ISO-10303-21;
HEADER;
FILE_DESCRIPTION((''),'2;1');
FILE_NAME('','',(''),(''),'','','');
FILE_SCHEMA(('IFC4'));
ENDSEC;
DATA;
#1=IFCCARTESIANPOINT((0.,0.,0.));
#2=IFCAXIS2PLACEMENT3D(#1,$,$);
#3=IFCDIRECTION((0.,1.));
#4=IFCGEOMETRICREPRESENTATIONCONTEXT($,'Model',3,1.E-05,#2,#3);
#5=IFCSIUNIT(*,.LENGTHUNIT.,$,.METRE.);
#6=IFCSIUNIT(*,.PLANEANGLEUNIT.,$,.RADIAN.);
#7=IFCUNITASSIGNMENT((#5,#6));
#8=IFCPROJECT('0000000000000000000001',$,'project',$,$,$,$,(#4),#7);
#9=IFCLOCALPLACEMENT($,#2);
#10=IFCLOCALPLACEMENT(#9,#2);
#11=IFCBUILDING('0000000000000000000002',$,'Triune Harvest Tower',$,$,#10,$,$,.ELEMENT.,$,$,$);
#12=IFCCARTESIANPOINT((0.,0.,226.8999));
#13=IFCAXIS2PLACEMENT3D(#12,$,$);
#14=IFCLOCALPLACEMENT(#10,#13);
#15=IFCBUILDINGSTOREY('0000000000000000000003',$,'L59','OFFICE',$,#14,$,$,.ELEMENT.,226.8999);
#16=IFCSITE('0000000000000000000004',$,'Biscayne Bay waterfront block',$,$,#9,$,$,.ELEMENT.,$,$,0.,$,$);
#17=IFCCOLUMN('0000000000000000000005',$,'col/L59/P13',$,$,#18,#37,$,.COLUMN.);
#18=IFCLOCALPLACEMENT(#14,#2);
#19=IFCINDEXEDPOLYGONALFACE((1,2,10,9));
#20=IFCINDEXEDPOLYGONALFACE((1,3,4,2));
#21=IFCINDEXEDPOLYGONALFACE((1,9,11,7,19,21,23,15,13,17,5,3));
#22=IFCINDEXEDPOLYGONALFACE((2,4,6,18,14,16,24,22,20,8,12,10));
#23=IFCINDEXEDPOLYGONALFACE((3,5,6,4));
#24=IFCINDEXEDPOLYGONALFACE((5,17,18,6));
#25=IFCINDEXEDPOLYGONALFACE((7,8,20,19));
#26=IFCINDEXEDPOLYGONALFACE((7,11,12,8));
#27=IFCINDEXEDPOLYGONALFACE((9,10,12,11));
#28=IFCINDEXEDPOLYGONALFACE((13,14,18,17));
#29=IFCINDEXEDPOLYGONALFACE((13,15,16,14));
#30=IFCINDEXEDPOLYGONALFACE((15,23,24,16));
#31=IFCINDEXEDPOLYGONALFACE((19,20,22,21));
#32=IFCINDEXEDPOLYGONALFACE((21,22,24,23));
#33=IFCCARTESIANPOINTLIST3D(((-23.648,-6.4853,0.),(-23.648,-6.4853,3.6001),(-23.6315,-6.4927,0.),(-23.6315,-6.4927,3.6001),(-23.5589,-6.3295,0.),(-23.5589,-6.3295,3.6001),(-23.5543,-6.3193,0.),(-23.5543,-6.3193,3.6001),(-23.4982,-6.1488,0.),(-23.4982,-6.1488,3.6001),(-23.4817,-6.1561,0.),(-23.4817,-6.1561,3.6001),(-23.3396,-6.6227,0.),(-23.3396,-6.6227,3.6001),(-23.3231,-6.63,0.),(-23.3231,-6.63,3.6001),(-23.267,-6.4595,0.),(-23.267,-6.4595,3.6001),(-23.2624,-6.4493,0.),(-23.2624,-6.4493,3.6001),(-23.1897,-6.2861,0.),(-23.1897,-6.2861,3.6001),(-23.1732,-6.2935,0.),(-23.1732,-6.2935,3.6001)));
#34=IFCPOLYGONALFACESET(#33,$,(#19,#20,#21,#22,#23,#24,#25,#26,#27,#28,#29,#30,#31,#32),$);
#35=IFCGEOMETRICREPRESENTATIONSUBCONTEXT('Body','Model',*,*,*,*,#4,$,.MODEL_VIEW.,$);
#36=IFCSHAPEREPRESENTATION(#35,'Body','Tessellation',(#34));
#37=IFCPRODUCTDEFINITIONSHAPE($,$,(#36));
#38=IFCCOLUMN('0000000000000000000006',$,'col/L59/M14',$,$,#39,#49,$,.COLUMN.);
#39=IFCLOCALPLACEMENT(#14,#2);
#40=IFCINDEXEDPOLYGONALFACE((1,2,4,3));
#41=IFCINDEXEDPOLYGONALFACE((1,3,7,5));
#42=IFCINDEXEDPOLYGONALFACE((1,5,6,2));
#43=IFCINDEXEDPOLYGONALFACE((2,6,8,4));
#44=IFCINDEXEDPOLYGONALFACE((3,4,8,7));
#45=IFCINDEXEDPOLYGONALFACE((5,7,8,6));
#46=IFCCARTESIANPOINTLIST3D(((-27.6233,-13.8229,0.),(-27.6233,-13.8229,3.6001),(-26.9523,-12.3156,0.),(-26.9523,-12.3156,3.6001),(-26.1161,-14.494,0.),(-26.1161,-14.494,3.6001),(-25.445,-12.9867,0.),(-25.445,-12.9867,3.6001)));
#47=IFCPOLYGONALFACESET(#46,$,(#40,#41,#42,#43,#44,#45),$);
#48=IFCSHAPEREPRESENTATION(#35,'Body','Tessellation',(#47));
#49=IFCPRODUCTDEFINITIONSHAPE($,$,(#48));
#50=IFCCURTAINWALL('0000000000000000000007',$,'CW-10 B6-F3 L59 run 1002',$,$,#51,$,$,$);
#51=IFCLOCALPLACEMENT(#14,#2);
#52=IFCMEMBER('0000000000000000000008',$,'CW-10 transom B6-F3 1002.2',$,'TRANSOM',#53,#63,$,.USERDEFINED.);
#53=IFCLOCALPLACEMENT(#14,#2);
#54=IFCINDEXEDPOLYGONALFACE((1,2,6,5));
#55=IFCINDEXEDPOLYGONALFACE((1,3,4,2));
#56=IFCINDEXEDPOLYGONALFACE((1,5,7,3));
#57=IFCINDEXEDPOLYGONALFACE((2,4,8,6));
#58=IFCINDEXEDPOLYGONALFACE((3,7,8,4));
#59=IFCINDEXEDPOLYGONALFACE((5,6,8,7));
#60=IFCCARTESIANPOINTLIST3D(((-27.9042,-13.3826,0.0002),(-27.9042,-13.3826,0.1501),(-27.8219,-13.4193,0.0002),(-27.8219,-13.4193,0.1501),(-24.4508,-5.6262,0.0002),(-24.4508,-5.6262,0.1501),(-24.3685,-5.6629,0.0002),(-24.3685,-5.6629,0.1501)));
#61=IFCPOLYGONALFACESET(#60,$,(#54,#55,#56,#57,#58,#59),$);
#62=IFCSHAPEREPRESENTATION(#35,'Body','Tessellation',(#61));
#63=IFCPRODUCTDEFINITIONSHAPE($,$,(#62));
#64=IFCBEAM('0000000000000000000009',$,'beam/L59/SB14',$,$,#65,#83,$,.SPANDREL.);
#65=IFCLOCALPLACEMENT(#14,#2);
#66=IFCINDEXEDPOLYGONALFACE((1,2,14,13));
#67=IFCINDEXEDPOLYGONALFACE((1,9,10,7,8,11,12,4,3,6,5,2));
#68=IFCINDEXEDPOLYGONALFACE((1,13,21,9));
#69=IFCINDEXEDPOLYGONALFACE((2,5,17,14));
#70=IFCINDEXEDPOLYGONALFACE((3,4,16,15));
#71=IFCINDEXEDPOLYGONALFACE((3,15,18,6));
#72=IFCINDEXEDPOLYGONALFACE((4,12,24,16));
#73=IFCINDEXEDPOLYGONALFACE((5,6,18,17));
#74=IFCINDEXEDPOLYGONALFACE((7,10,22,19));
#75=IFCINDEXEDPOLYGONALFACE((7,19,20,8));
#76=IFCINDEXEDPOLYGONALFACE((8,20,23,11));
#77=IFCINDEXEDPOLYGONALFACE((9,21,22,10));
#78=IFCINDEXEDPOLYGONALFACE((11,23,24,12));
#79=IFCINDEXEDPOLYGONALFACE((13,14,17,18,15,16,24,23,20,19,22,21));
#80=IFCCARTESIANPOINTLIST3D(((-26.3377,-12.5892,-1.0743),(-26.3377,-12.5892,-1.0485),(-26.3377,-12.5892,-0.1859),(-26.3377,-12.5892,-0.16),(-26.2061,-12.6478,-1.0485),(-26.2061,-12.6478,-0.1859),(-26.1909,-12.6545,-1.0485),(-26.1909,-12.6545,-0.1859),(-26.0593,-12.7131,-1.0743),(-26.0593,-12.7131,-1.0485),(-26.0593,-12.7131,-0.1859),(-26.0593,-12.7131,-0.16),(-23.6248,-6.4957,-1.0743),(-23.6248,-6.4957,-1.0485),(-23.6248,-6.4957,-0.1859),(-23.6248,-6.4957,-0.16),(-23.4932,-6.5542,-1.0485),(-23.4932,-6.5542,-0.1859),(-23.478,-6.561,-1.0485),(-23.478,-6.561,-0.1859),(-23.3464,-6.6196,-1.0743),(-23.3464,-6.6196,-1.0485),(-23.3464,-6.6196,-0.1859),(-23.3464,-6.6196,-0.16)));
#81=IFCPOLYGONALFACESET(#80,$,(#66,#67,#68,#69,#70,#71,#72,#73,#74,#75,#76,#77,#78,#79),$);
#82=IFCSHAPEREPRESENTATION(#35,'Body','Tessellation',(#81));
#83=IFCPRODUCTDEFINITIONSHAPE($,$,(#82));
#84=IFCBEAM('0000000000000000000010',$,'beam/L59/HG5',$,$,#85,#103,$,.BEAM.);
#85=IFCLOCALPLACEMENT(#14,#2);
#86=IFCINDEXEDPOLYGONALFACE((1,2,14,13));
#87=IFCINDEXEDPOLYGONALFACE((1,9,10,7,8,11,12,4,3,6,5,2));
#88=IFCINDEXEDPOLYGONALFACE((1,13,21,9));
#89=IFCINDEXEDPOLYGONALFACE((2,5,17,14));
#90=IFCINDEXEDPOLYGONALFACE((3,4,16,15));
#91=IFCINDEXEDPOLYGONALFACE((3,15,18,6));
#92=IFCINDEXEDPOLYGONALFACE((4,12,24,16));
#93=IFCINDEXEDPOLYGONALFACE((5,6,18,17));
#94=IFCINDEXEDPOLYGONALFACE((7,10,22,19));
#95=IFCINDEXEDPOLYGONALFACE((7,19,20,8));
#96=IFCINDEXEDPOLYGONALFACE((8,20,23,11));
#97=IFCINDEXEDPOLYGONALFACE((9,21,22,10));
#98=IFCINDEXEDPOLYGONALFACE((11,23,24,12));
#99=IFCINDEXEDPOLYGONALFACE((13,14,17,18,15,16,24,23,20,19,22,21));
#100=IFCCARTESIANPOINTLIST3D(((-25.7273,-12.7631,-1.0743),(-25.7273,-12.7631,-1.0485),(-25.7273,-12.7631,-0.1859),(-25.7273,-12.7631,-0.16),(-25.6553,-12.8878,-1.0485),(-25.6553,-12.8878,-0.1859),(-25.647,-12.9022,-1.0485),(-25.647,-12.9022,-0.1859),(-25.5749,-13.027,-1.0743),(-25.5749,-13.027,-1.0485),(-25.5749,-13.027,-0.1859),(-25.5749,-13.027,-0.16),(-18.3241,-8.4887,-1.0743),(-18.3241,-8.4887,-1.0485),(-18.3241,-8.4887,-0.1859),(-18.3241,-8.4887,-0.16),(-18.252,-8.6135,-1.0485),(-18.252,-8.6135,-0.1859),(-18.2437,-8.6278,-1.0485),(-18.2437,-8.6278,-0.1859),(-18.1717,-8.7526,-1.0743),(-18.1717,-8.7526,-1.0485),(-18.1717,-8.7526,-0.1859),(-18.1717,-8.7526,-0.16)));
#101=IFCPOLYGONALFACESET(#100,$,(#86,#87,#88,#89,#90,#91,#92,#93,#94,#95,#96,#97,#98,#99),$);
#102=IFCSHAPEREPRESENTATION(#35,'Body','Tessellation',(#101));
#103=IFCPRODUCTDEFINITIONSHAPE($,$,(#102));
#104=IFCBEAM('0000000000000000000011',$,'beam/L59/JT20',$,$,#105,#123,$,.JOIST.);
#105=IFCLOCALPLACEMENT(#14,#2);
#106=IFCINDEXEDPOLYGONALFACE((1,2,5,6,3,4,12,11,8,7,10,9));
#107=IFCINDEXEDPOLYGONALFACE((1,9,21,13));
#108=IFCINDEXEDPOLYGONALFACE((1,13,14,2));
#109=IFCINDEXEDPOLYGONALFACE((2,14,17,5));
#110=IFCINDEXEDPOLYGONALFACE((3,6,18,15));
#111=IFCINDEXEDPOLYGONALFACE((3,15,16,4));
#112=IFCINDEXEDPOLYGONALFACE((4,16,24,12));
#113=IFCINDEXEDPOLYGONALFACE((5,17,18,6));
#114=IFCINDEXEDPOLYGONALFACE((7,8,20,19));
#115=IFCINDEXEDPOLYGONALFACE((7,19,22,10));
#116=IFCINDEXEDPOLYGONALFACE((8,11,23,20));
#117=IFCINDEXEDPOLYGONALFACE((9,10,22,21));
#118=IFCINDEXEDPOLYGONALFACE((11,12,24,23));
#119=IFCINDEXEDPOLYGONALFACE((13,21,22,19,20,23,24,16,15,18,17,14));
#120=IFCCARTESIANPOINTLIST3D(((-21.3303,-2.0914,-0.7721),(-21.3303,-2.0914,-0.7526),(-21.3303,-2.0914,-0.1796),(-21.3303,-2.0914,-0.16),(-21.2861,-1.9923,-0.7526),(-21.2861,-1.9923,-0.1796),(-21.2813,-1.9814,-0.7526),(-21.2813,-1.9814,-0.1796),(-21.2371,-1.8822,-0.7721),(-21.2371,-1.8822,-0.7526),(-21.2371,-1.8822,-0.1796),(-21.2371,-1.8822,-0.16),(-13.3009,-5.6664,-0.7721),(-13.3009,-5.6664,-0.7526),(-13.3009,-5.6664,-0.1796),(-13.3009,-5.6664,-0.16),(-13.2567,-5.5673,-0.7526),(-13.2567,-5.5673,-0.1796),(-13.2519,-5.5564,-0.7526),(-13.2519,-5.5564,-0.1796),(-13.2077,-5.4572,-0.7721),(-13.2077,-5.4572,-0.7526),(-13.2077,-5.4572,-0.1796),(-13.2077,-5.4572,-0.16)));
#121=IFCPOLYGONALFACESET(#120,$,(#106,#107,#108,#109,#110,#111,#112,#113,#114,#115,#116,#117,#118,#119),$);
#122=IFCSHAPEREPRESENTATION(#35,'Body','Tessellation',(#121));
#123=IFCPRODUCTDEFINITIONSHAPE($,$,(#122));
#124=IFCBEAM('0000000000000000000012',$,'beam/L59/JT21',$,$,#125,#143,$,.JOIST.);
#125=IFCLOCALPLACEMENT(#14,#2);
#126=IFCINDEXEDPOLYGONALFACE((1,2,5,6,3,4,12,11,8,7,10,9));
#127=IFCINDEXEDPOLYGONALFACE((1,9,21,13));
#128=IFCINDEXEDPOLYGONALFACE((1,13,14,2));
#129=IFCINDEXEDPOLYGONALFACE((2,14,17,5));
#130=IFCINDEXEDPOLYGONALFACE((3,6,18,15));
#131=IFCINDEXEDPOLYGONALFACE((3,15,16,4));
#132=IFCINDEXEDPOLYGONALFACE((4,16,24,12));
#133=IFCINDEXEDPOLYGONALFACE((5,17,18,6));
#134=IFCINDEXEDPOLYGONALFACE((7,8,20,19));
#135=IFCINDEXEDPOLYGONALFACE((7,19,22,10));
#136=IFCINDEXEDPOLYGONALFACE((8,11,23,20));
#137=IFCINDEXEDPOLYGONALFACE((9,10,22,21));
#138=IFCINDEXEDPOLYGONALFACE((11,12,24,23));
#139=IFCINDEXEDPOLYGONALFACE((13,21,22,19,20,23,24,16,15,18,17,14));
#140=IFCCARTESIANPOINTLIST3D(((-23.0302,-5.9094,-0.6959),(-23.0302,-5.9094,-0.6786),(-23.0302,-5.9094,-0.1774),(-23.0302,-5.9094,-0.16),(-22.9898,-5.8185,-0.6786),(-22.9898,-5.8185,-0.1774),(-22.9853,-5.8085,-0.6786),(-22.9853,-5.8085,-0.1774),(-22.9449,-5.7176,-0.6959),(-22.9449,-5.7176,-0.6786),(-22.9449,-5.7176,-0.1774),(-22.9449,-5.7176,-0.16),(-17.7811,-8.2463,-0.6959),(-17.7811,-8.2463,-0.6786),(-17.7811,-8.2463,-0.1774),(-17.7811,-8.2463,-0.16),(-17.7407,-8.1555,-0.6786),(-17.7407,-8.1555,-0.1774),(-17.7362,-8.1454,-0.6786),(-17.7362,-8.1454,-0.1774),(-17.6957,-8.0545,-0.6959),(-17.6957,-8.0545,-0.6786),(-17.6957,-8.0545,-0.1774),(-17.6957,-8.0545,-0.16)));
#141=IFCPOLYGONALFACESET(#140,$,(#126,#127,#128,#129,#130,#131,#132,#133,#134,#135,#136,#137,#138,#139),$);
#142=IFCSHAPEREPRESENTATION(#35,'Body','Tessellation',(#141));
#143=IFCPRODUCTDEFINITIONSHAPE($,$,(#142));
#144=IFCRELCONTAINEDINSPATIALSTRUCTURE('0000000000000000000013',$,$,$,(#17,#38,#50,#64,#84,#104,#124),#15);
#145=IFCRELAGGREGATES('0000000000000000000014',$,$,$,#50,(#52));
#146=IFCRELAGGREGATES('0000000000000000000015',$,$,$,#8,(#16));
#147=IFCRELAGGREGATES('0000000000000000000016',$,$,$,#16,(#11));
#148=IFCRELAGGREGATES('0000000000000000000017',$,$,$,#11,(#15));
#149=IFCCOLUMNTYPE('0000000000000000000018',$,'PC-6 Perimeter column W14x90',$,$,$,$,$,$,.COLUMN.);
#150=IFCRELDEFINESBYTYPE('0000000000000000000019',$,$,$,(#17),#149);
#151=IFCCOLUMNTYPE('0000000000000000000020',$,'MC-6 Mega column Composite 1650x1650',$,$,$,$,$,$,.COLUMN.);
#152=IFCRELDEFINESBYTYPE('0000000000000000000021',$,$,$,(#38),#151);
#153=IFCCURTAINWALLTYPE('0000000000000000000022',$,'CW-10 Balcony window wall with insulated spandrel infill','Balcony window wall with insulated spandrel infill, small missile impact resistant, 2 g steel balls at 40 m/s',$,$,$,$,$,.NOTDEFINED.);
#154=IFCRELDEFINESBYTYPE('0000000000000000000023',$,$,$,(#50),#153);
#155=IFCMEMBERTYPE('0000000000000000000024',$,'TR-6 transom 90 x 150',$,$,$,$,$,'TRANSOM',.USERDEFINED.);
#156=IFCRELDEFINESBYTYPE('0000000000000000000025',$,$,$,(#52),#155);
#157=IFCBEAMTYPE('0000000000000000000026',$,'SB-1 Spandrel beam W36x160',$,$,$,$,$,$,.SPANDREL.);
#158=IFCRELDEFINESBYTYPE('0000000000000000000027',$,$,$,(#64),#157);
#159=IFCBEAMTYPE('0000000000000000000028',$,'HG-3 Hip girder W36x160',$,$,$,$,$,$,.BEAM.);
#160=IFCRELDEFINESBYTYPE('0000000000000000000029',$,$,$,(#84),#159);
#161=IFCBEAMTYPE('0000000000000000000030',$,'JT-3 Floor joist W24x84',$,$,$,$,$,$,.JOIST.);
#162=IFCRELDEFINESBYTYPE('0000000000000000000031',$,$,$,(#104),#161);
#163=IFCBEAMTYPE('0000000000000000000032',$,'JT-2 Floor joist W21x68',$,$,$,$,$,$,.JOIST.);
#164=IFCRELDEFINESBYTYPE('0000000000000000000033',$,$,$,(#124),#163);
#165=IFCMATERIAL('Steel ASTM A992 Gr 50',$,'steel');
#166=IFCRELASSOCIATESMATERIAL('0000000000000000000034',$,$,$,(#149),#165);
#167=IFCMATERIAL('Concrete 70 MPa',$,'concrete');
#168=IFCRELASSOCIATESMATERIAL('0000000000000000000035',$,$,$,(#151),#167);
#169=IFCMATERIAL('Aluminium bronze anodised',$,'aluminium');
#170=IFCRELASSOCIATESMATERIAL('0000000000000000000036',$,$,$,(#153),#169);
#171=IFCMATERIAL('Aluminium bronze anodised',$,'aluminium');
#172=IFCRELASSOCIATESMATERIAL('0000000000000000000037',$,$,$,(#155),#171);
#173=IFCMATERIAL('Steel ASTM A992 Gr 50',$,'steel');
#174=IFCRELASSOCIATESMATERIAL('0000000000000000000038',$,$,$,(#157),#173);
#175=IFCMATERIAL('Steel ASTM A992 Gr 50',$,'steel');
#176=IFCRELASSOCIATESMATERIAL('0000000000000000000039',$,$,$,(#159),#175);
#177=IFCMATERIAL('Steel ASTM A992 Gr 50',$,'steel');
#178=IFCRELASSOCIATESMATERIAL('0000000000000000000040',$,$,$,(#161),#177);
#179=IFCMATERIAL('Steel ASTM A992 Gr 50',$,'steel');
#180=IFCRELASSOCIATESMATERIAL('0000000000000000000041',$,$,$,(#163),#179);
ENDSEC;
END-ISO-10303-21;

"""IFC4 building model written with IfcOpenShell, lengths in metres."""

from ifc_helpers import new_model, si_unit, direction, frame, origin, origin_2d, place, context, subcontext, project, spatial, rectangle, i_section, extrude, source, transform, mapped, material, material_profile, profile_set, type_object, element, aggregate, save


model = new_model("IFC4")

# Units and contexts
model_context = context("Model", 3, precision=1e-05, world=origin(), true_north=direction((0.0, 1.0)))
body_context = subcontext(model_context, "Body", "Model", "MODEL_VIEW")
ifc_project = project(units=[si_unit("LENGTHUNIT", "METRE"), si_unit("PLANEANGLEUNIT", "RADIAN")], contexts=[model_context])

# Site, building, storey
site_placement = place(None, origin())
site = spatial("IfcSite", under=ifc_project, at=site_placement, Name="Biscayne Bay waterfront block", CompositionType="ELEMENT", RefElevation=0.0)
building_placement = place(site_placement, origin())
building = spatial("IfcBuilding", under=site, at=building_placement, Name="Triune Harvest Tower", CompositionType="ELEMENT")
storey_placement = place(building_placement, frame((0.0, 0.0, 226.8999)))
storey = spatial("IfcBuildingStorey", under=building, at=storey_placement, Name="L59", Description="OFFICE", CompositionType="ELEMENT", Elevation=226.8999)

# Columns
ifc_material_1 = material(Name="Steel ASTM A992 Gr 50", Category="steel")
ifc_material_profile_1 = material_profile(ifc_material_1, i_section(OverallWidth=0.3684, OverallDepth=0.3557, WebThickness=0.0112, FlangeThickness=0.0181, at=origin_2d()), Name="W14x90")
ifc_profile_set_1 = profile_set([ifc_material_profile_1], Name="Steel ASTM A992 Gr 50")
column_type_1 = type_object("IfcColumnType", Name="PC-6 Perimeter column W14x90", PredefinedType="COLUMN", material=ifc_profile_set_1)
shared_shape_1 = source(origin(), body_context, "Body", "SweptSolid", [
    extrude(i_section(OverallWidth=0.3684, OverallDepth=0.3557, WebThickness=0.0112, FlangeThickness=0.0181, at=origin_2d()), origin(), (0.0, 0.0, 1.0), 3.6001),
])
column_1_placement = place(storey_placement, frame((-23.4106, -6.3894, 0.0), z_axis=(0.0, 0.0, 1.0), x_axis=(-0.406738, -0.913545, 0.0)))
element("IfcColumn", 1, at=column_1_placement, inside=storey, type_object=column_type_1, Name="col/L59/P13", PredefinedType="COLUMN", context=body_context, shape_type="MappedRepresentation", body=[
    mapped(shared_shape_1, transform((0.0, 0.0, 0.0), scale=1.0)),
])
ifc_material_2 = material(Name="Concrete 70 MPa", Category="concrete")
ifc_material_profile_2 = material_profile(ifc_material_2, rectangle(XDim=1.6499, YDim=1.6499, at=origin_2d()), Name="Composite 1650x1650")
ifc_profile_set_2 = profile_set([ifc_material_profile_2], Name="Concrete 70 MPa")
column_type_2 = type_object("IfcColumnType", Name="MC-6 Mega column Composite 1650x1650", PredefinedType="COLUMN", material=ifc_profile_set_2)
shared_shape_2 = source(origin(), body_context, "Body", "SweptSolid", [
    extrude(rectangle(XDim=1.6499, YDim=1.6499, at=origin_2d()), origin(), (0.0, 0.0, 1.0), 3.6001),
])
column_2_placement = place(storey_placement, frame((-26.5342, -13.4048, 0.0), z_axis=(0.0, 0.0, 1.0), x_axis=(-0.406738, -0.913545, 0.0)))
element("IfcColumn", 2, at=column_2_placement, inside=storey, type_object=column_type_2, Name="col/L59/M14", PredefinedType="COLUMN", context=body_context, shape_type="MappedRepresentation", body=[
    mapped(shared_shape_2, transform((0.0, 0.0, 0.0), scale=1.0)),
])

# Curtain wall, member
ifc_material_3 = material(Name="Aluminium bronze anodised", Category="aluminium")
curtain_wall_type = type_object("IfcCurtainWallType", Name="CW-10 Balcony window wall with insulated spandrel infill", Description="Balcony window wall with insulated spandrel infill, small missile impact resistant, 2 g steel balls at 40 m/s", PredefinedType="NOTDEFINED", material=ifc_material_3)
curtain_wall_placement = place(storey_placement, origin())
curtain_wall = element("IfcCurtainWall", 3, at=curtain_wall_placement, inside=storey, type_object=curtain_wall_type, Name="CW-10 B6-F3 L59 run 1002")
ifc_material_4 = material(Name="Aluminium bronze anodised", Category="aluminium")
ifc_material_profile_3 = material_profile(ifc_material_4, rectangle(XDim=0.0901, YDim=0.1499, at=origin_2d()), Name="TR-6 transom 90 x 150")
ifc_profile_set_3 = profile_set([ifc_material_profile_3], Name="Aluminium bronze anodised")
member_type_1 = type_object("IfcMemberType", Name="TR-6 transom 90 x 150", ElementType="TRANSOM", PredefinedType="USERDEFINED", material=ifc_profile_set_3)
member_1_placement = place(storey_placement, frame((-24.4097, -5.6445, 0.0752), z_axis=(-0.406739, -0.913545, 0.0), x_axis=(0.913545, -0.406739, 0.0)))
member_1 = element("IfcMember", 4, at=member_1_placement, type_object=member_type_1, Name="CW-10 transom B6-F3 1002.2", ObjectType="TRANSOM", PredefinedType="USERDEFINED", context=body_context, shape_type="SweptSolid", body=[
    extrude(rectangle(XDim=0.0901, YDim=0.1499, at=origin_2d()), origin(), (0.0, 0.0, 1.0), 8.4905),
])

# Beams
ifc_material_5 = material(Name="Steel ASTM A992 Gr 50", Category="steel")
ifc_material_profile_4 = material_profile(ifc_material_5, i_section(OverallWidth=0.3047, OverallDepth=0.9143, WebThickness=0.0166, FlangeThickness=0.0259, at=origin_2d()), Name="W36x160")
ifc_profile_set_4 = profile_set([ifc_material_profile_4], Name="Steel ASTM A992 Gr 50")
beam_type_1 = type_object("IfcBeamType", Name="SB-1 Spandrel beam W36x160", PredefinedType="SPANDREL", material=ifc_profile_set_4)
shared_shape_3 = source(origin(), body_context, "Body", "SweptSolid", [
    extrude(i_section(OverallWidth=0.3047, OverallDepth=0.9143, WebThickness=0.0166, FlangeThickness=0.0259, at=origin_2d()), origin(), (0.0, 0.0, 1.0), 6.6702),
])
beam_1_placement = place(storey_placement, frame((-23.4856, -6.5576, -0.6172), z_axis=(-0.406723, -0.913552, 0.0), x_axis=(0.913552, -0.406723, 0.0)))
element("IfcBeam", 5, at=beam_1_placement, inside=storey, type_object=beam_type_1, Name="beam/L59/SB14", PredefinedType="SPANDREL", context=body_context, shape_type="MappedRepresentation", body=[
    mapped(shared_shape_3, transform((0.0, 0.0, 0.0), scale=1.0)),
])
ifc_material_6 = material(Name="Steel ASTM A992 Gr 50", Category="steel")
ifc_material_profile_5 = material_profile(ifc_material_6, i_section(OverallWidth=0.3047, OverallDepth=0.9143, WebThickness=0.0166, FlangeThickness=0.0259, at=origin_2d()), Name="W36x160")
ifc_profile_set_5 = profile_set([ifc_material_profile_5], Name="Steel ASTM A992 Gr 50")
beam_type_2 = type_object("IfcBeamType", Name="HG-3 Hip girder W36x160", PredefinedType="BEAM", material=ifc_profile_set_5)
shared_shape_4 = source(origin(), body_context, "Body", "SweptSolid", [
    extrude(i_section(OverallWidth=0.3047, OverallDepth=0.9143, WebThickness=0.0166, FlangeThickness=0.0259, at=origin_2d()), origin(), (0.0, 0.0, 1.0), 8.5486),
])
beam_2_placement = place(storey_placement, frame((-25.6511, -12.895, -0.6172), z_axis=(0.86602, 0.500009, 0.0), x_axis=(-0.500009, 0.86602, 0.0)))
element("IfcBeam", 6, at=beam_2_placement, inside=storey, type_object=beam_type_2, Name="beam/L59/HG5", PredefinedType="BEAM", context=body_context, shape_type="MappedRepresentation", body=[
    mapped(shared_shape_4, transform((0.0, 0.0, 0.0), scale=1.0)),
])
ifc_material_7 = material(Name="Steel ASTM A992 Gr 50", Category="steel")
ifc_material_profile_6 = material_profile(ifc_material_7, i_section(OverallWidth=0.229, OverallDepth=0.6121, WebThickness=0.012, FlangeThickness=0.0195, at=origin_2d()), Name="W24x84")
ifc_profile_set_6 = profile_set([ifc_material_profile_6], Name="Steel ASTM A992 Gr 50")
beam_type_3 = type_object("IfcBeamType", Name="JT-3 Floor joist W24x84", PredefinedType="JOIST", material=ifc_profile_set_6)
shared_shape_5 = source(origin(), body_context, "Body", "SweptSolid", [
    extrude(i_section(OverallWidth=0.229, OverallDepth=0.6121, WebThickness=0.012, FlangeThickness=0.0195, at=origin_2d()), origin(), (0.0, 0.0, 1.0), 8.7893),
])
beam_3_placement = place(storey_placement, frame((-21.2837, -1.9868, -0.4661), z_axis=(0.913542, -0.406744, 0.0), x_axis=(0.406744, 0.913542, 0.0)))
element("IfcBeam", 7, at=beam_3_placement, inside=storey, type_object=beam_type_3, Name="beam/L59/JT20", PredefinedType="JOIST", context=body_context, shape_type="MappedRepresentation", body=[
    mapped(shared_shape_5, transform((0.0, 0.0, 0.0), scale=1.0)),
])
ifc_material_8 = material(Name="Steel ASTM A992 Gr 50", Category="steel")
ifc_material_profile_7 = material_profile(ifc_material_8, i_section(OverallWidth=0.21, OverallDepth=0.5359, WebThickness=0.011, FlangeThickness=0.0173, at=origin_2d()), Name="W21x68")
ifc_profile_set_7 = profile_set([ifc_material_profile_7], Name="Steel ASTM A992 Gr 50")
beam_type_4 = type_object("IfcBeamType", Name="JT-2 Floor joist W21x68", PredefinedType="JOIST", material=ifc_profile_set_7)
shared_shape_6 = source(origin(), body_context, "Body", "SweptSolid", [
    extrude(i_section(OverallWidth=0.21, OverallDepth=0.5359, WebThickness=0.011, FlangeThickness=0.0173, at=origin_2d()), origin(), (0.0, 0.0, 1.0), 5.7458),
])
beam_4_placement = place(storey_placement, frame((-22.9875, -5.8135, -0.428), z_axis=(0.913552, -0.406722, 0.0), x_axis=(0.406722, 0.913552, 0.0)))
element("IfcBeam", 8, at=beam_4_placement, inside=storey, type_object=beam_type_4, Name="beam/L59/JT21", PredefinedType="JOIST", context=body_context, shape_type="MappedRepresentation", body=[
    mapped(shared_shape_6, transform((0.0, 0.0, 0.0), scale=1.0)),
])

aggregate(curtain_wall, [member_1])

save(model, "model.ifc")
